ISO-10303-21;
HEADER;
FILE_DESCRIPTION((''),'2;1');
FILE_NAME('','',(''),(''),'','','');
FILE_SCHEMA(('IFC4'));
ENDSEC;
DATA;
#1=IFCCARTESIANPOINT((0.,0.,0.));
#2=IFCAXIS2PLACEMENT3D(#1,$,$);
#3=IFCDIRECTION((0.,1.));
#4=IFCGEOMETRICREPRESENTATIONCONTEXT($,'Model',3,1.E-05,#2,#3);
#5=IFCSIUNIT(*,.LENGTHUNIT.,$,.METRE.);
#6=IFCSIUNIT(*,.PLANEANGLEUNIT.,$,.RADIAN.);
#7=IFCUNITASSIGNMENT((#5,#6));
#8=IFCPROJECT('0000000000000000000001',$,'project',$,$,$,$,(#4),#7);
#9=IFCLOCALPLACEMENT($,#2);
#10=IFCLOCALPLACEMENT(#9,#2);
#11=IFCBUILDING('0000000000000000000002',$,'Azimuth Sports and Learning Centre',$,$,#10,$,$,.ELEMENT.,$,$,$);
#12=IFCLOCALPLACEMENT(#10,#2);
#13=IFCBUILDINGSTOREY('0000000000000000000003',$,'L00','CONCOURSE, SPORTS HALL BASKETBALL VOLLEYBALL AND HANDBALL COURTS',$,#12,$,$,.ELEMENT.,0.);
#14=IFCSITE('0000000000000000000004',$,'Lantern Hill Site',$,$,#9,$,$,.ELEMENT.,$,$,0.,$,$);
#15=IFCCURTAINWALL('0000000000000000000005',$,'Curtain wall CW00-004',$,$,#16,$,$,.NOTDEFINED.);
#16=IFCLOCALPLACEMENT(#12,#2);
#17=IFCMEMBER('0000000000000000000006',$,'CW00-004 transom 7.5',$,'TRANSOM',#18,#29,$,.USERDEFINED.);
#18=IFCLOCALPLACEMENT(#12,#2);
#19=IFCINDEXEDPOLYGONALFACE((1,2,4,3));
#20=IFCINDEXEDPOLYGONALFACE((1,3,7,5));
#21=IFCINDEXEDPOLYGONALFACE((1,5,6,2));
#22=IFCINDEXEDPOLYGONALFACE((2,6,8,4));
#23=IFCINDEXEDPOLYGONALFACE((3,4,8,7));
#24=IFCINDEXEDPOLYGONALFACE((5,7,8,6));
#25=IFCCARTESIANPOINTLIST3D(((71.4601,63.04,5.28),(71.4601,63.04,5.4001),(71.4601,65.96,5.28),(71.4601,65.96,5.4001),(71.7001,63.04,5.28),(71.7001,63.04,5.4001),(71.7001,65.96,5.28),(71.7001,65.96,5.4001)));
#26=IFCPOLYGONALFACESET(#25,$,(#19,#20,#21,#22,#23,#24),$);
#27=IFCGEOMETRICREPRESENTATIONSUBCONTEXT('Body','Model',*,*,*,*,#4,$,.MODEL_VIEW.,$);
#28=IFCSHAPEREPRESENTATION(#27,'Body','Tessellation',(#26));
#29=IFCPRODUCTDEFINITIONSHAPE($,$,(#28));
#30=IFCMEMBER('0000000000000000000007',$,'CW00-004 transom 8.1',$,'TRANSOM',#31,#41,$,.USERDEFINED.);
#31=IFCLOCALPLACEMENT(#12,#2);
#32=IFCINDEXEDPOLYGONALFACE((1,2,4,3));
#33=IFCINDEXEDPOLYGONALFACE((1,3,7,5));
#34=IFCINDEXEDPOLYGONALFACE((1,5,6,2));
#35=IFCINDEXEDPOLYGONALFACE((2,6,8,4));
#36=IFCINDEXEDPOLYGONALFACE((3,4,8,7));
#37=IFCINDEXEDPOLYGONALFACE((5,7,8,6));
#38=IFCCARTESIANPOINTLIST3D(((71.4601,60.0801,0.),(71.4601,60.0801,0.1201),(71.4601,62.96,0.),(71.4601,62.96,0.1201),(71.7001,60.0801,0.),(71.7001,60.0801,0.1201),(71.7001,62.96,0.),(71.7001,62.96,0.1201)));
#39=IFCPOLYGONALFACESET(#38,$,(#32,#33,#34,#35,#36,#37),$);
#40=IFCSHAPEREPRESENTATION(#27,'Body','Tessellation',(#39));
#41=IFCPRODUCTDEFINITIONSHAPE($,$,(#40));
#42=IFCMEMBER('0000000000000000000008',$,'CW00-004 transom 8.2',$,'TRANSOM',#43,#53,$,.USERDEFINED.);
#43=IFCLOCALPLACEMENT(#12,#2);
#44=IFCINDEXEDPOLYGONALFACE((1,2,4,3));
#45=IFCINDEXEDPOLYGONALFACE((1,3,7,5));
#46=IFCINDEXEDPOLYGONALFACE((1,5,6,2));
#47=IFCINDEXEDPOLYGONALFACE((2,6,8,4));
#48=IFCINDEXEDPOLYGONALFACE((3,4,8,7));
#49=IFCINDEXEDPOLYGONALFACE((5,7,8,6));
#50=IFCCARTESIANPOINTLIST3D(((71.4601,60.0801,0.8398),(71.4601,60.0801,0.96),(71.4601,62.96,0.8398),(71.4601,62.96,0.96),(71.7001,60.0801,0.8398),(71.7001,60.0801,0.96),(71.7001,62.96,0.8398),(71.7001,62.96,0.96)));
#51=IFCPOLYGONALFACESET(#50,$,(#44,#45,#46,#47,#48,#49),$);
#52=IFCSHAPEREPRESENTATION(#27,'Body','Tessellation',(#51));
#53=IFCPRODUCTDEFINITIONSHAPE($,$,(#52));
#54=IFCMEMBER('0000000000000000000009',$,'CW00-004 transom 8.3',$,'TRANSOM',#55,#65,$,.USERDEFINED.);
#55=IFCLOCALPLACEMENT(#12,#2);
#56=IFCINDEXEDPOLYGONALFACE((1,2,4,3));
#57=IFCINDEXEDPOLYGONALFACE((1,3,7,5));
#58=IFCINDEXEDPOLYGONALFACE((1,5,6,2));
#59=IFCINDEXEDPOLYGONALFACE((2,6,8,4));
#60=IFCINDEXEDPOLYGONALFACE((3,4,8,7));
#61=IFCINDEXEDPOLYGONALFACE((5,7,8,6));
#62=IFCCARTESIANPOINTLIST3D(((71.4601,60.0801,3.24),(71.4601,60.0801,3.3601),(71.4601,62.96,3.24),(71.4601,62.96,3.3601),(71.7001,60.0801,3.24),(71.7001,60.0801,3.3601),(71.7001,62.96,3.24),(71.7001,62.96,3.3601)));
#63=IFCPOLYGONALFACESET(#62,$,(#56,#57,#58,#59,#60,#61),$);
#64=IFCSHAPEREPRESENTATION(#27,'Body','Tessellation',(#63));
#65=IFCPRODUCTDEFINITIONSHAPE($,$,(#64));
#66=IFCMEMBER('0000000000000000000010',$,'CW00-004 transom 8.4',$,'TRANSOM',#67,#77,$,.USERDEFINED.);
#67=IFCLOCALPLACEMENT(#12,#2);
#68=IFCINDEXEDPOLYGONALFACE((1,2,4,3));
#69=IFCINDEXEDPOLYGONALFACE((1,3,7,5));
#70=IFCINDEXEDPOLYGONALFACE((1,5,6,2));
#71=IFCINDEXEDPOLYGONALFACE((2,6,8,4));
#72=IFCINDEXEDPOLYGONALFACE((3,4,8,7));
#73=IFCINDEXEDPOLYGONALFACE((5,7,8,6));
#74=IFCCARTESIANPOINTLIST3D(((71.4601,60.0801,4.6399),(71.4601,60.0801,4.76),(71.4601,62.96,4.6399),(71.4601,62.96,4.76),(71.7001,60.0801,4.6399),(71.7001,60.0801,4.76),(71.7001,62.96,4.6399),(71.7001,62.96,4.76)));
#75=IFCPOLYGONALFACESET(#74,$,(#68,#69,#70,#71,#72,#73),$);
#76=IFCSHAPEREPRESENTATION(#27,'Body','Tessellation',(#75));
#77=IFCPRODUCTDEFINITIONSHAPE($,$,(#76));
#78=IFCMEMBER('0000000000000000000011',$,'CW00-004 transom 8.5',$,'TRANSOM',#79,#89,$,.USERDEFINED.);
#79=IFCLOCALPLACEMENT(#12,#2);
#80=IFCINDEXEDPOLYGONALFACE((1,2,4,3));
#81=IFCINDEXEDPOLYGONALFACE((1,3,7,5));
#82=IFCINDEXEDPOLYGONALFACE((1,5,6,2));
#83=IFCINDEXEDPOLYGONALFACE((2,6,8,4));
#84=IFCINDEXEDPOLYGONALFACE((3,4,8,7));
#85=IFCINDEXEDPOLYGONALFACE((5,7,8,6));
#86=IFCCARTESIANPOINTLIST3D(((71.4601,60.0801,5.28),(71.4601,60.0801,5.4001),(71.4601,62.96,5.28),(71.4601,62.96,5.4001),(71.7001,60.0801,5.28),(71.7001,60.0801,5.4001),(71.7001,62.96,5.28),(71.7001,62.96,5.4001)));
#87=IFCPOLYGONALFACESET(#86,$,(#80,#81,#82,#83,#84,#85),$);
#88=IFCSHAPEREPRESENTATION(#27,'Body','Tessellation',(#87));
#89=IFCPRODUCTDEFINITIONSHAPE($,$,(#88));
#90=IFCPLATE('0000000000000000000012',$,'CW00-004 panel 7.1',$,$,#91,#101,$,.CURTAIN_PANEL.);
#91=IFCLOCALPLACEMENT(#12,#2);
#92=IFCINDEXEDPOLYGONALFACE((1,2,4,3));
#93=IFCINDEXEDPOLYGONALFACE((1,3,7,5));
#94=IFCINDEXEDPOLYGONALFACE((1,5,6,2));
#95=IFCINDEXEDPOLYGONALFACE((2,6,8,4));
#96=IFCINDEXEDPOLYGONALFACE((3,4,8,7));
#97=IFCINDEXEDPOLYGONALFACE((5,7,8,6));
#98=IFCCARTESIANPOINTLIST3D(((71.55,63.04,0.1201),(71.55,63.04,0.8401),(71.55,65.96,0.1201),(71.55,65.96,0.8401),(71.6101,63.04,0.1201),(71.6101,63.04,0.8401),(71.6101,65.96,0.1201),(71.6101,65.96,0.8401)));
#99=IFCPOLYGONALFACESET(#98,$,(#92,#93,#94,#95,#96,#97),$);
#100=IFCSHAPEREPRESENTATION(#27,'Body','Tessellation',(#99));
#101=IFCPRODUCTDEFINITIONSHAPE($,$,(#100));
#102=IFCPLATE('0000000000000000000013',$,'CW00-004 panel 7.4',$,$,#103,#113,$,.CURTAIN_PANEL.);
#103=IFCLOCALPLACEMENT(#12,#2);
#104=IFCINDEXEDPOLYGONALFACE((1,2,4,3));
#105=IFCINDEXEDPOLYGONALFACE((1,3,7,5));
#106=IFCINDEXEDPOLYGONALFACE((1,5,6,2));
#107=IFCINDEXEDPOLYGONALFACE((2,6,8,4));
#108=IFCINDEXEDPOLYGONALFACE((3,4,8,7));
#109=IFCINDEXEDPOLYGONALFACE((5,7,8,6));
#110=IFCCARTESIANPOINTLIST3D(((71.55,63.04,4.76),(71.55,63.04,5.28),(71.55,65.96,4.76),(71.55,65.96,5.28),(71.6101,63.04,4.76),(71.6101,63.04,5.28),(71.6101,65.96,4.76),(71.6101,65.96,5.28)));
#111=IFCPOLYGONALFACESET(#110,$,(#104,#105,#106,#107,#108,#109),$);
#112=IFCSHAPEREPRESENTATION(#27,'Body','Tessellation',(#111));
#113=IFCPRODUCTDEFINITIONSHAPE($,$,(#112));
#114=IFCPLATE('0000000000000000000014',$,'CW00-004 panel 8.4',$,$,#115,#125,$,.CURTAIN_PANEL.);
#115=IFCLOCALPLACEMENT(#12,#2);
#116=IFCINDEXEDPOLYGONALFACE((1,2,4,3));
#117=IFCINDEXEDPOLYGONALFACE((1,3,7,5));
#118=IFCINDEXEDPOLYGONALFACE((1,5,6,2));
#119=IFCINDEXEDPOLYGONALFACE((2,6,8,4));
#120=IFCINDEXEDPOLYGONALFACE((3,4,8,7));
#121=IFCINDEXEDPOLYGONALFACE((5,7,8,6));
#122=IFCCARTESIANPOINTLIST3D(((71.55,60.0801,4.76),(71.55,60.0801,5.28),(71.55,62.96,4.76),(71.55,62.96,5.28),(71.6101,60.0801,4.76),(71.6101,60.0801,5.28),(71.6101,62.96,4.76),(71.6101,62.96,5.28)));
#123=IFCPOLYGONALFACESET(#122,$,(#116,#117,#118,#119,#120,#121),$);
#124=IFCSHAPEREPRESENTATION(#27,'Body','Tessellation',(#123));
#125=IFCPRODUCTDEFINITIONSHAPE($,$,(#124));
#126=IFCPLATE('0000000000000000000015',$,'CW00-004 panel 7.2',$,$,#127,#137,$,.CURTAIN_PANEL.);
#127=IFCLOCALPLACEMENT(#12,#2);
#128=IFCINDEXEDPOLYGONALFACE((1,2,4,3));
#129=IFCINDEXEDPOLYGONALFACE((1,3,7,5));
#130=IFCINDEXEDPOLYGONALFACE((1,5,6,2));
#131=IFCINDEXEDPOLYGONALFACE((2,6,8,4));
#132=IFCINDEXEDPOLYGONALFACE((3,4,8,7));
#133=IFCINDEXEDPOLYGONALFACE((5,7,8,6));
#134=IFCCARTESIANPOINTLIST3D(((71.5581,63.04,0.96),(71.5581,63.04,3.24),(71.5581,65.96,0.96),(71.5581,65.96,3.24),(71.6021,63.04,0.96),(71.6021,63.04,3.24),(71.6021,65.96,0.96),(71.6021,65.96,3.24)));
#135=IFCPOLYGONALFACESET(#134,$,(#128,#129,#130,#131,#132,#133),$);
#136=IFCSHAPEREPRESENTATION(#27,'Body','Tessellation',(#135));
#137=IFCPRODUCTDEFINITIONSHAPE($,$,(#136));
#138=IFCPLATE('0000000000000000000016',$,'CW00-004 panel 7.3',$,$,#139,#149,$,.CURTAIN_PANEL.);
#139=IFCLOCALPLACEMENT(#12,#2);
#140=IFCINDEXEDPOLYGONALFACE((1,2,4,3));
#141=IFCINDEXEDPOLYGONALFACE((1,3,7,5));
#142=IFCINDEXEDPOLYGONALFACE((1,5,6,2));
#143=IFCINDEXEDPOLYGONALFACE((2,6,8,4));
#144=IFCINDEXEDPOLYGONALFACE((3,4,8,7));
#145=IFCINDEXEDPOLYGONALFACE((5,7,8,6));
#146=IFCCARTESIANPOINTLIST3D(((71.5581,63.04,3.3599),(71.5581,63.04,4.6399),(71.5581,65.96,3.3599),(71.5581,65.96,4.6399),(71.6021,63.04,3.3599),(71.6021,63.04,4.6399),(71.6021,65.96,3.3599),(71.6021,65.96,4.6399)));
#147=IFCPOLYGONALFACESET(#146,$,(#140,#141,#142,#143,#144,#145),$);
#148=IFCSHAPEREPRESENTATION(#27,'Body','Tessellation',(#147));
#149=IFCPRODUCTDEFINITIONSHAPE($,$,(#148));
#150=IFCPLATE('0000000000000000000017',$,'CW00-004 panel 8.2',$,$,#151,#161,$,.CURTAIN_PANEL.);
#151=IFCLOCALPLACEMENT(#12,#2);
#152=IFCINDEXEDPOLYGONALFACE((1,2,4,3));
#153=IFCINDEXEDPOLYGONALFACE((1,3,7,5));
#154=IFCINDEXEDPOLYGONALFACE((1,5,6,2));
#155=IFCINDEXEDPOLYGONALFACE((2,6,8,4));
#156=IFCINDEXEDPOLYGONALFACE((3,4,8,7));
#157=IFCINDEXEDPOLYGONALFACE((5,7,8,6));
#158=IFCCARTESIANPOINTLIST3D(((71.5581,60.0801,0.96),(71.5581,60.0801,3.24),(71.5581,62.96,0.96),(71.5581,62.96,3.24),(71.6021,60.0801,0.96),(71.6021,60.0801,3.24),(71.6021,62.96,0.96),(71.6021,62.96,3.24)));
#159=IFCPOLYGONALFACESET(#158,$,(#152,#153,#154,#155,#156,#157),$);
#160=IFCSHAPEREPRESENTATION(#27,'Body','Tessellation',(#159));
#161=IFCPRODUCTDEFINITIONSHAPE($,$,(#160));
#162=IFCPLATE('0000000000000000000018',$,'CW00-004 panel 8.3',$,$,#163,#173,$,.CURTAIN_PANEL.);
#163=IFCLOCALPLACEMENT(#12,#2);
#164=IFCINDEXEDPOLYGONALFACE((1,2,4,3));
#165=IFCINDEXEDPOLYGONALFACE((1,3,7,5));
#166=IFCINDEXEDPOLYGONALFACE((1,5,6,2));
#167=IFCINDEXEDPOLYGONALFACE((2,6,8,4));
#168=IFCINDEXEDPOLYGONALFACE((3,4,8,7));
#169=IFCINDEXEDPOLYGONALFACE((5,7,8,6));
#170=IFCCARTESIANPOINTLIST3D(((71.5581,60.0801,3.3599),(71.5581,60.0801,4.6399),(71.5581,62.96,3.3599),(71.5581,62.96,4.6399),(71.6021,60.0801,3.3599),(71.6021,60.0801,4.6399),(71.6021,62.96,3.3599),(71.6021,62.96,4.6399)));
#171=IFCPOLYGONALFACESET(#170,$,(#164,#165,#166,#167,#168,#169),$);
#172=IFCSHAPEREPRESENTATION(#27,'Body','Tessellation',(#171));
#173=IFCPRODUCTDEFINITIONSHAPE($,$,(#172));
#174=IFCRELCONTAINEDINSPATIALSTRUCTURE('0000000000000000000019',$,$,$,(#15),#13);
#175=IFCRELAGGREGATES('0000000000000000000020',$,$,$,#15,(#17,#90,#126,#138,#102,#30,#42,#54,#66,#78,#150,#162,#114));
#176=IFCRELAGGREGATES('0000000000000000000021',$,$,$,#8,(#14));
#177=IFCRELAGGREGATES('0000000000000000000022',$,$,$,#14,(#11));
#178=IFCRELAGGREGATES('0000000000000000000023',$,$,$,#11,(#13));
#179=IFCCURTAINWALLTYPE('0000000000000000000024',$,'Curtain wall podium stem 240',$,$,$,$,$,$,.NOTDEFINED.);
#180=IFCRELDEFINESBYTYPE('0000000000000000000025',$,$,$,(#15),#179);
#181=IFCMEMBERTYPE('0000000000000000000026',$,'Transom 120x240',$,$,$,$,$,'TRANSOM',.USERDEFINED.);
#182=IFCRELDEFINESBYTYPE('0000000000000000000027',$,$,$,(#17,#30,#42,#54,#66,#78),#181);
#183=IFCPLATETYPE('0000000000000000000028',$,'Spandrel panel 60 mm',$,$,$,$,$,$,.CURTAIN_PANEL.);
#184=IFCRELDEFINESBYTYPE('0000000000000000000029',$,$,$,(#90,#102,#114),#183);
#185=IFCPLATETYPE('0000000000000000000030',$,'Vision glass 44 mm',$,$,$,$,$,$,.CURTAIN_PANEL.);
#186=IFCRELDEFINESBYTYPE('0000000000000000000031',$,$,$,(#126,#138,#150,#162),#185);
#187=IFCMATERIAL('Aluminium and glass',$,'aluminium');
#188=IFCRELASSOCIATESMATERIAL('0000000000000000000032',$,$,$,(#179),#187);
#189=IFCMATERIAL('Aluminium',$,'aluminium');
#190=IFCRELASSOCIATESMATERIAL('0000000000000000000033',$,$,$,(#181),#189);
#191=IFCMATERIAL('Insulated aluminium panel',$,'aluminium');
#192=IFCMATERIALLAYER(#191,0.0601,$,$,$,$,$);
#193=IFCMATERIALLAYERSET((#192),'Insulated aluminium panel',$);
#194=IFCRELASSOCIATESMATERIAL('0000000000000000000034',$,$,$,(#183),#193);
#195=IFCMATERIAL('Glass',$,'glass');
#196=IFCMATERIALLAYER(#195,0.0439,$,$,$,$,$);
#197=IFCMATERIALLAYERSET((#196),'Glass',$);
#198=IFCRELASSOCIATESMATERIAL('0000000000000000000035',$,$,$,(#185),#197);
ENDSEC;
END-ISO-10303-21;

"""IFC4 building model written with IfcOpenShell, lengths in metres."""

from ifc_helpers import new_model, si_unit, direction, frame, origin, origin_2d, place, context, subcontext, project, spatial, rectangle, extrude, material, layer, layer_set, material_profile, profile_set, type_object, element, aggregate, save


model = new_model("IFC4")

# Units and contexts
model_context = context("Model", 3, precision=1e-05, world=origin(), true_north=direction((0.0, 1.0)))
body_context = subcontext(model_context, "Body", "Model", "MODEL_VIEW")
ifc_project = project(units=[si_unit("LENGTHUNIT", "METRE"), si_unit("PLANEANGLEUNIT", "RADIAN")], contexts=[model_context])

# Site, building, storey
site_placement = place(None, origin())
site = spatial("IfcSite", under=ifc_project, at=site_placement, Name="Lantern Hill Site", CompositionType="ELEMENT", RefElevation=0.0)
building_placement = place(site_placement, origin())
building = spatial("IfcBuilding", under=site, at=building_placement, Name="Azimuth Sports and Learning Centre", CompositionType="ELEMENT")
storey_placement = place(building_placement, origin())
storey = spatial("IfcBuildingStorey", under=building, at=storey_placement, Name="L00", Description="CONCOURSE, SPORTS HALL BASKETBALL VOLLEYBALL AND HANDBALL COURTS", CompositionType="ELEMENT", Elevation=0.0)

# Curtain wall, members, plates
ifc_material_1 = material(Name="Aluminium and glass", Category="aluminium")
curtain_wall_type = type_object("IfcCurtainWallType", Name="Curtain wall podium stem 240", PredefinedType="NOTDEFINED", material=ifc_material_1)
curtain_wall_placement = place(storey_placement, origin())
curtain_wall = element("IfcCurtainWall", 1, at=curtain_wall_placement, inside=storey, type_object=curtain_wall_type, Name="Curtain wall CW00-004", PredefinedType="NOTDEFINED")
ifc_material_2 = material(Name="Aluminium", Category="aluminium")
ifc_material_profile_1 = material_profile(ifc_material_2, rectangle(XDim=0.24, YDim=0.1201, at=origin_2d()), Name="Transom 120x240")
ifc_profile_set_1 = profile_set([ifc_material_profile_1], Name="Aluminium")
member_type_1 = type_object("IfcMemberType", Name="Transom 120x240", ElementType="TRANSOM", PredefinedType="USERDEFINED", material=ifc_profile_set_1)
member_1_placement = place(storey_placement, frame((71.5801, 65.96, 5.3401), z_axis=(0.0, -1.0, 0.0), x_axis=(1.0, 0.0, 0.0)))
member_1 = element("IfcMember", 2, at=member_1_placement, type_object=member_type_1, Name="CW00-004 transom 7.5", ObjectType="TRANSOM", PredefinedType="USERDEFINED", context=body_context, shape_type="SweptSolid", body=[
    extrude(rectangle(XDim=0.24, YDim=0.1201, at=origin_2d()), origin(), (0.0, 0.0, 1.0), 2.9199),
])
member_2_placement = place(storey_placement, frame((71.5801, 62.96, 0.0601), z_axis=(0.0, -1.0, 0.0), x_axis=(1.0, 0.0, 0.0)))
member_2 = element("IfcMember", 3, at=member_2_placement, type_object=member_type_1, Name="CW00-004 transom 8.1", ObjectType="TRANSOM", PredefinedType="USERDEFINED", context=body_context, shape_type="SweptSolid", body=[
    extrude(rectangle(XDim=0.24, YDim=0.1201, at=origin_2d()), origin(), (0.0, 0.0, 1.0), 2.8799),
])
member_3_placement = place(storey_placement, frame((71.5801, 62.96, 0.8999), z_axis=(0.0, -1.0, 0.0), x_axis=(1.0, 0.0, 0.0)))
member_3 = element("IfcMember", 4, at=member_3_placement, type_object=member_type_1, Name="CW00-004 transom 8.2", ObjectType="TRANSOM", PredefinedType="USERDEFINED", context=body_context, shape_type="SweptSolid", body=[
    extrude(rectangle(XDim=0.24, YDim=0.1201, at=origin_2d()), origin(), (0.0, 0.0, 1.0), 2.8799),
])
member_4_placement = place(storey_placement, frame((71.5801, 62.96, 3.3), z_axis=(0.0, -1.0, 0.0), x_axis=(1.0, 0.0, 0.0)))
member_4 = element("IfcMember", 5, at=member_4_placement, type_object=member_type_1, Name="CW00-004 transom 8.3", ObjectType="TRANSOM", PredefinedType="USERDEFINED", context=body_context, shape_type="SweptSolid", body=[
    extrude(rectangle(XDim=0.24, YDim=0.1201, at=origin_2d()), origin(), (0.0, 0.0, 1.0), 2.8799),
])
member_5_placement = place(storey_placement, frame((71.5801, 62.96, 4.7), z_axis=(0.0, -1.0, 0.0), x_axis=(1.0, 0.0, 0.0)))
member_5 = element("IfcMember", 6, at=member_5_placement, type_object=member_type_1, Name="CW00-004 transom 8.4", ObjectType="TRANSOM", PredefinedType="USERDEFINED", context=body_context, shape_type="SweptSolid", body=[
    extrude(rectangle(XDim=0.24, YDim=0.1201, at=origin_2d()), origin(), (0.0, 0.0, 1.0), 2.8799),
])
member_6_placement = place(storey_placement, frame((71.5801, 62.96, 5.3401), z_axis=(0.0, -1.0, 0.0), x_axis=(1.0, 0.0, 0.0)))
member_6 = element("IfcMember", 7, at=member_6_placement, type_object=member_type_1, Name="CW00-004 transom 8.5", ObjectType="TRANSOM", PredefinedType="USERDEFINED", context=body_context, shape_type="SweptSolid", body=[
    extrude(rectangle(XDim=0.24, YDim=0.1201, at=origin_2d()), origin(), (0.0, 0.0, 1.0), 2.8799),
])
ifc_material_3 = material(Name="Insulated aluminium panel", Category="aluminium")
ifc_layer_1 = layer(ifc_material_3, 0.0601)
ifc_layer_set_1 = layer_set([ifc_layer_1], Name="Insulated aluminium panel")
plate_type_1 = type_object("IfcPlateType", Name="Spandrel panel 60 mm", PredefinedType="CURTAIN_PANEL", material=ifc_layer_set_1)
plate_1_placement = place(storey_placement, frame((71.5801, 64.5, 0.1201), z_axis=(0.0, 0.0, 1.0), x_axis=(0.0, -1.0, 0.0)))
plate_1 = element("IfcPlate", 8, at=plate_1_placement, type_object=plate_type_1, Name="CW00-004 panel 7.1", PredefinedType="CURTAIN_PANEL", context=body_context, shape_type="SweptSolid", body=[
    extrude(rectangle(XDim=2.9199, YDim=0.0601, at=origin_2d()), origin(), (0.0, 0.0, 1.0), 0.72),
])
plate_2_placement = place(storey_placement, frame((71.5801, 64.5, 4.76), z_axis=(0.0, 0.0, 1.0), x_axis=(0.0, -1.0, 0.0)))
plate_2 = element("IfcPlate", 9, at=plate_2_placement, type_object=plate_type_1, Name="CW00-004 panel 7.4", PredefinedType="CURTAIN_PANEL", context=body_context, shape_type="SweptSolid", body=[
    extrude(rectangle(XDim=2.9199, YDim=0.0601, at=origin_2d()), origin(), (0.0, 0.0, 1.0), 0.52),
])
plate_3_placement = place(storey_placement, frame((71.5801, 61.52, 4.76), z_axis=(0.0, 0.0, 1.0), x_axis=(0.0, -1.0, 0.0)))
plate_3 = element("IfcPlate", 10, at=plate_3_placement, type_object=plate_type_1, Name="CW00-004 panel 8.4", PredefinedType="CURTAIN_PANEL", context=body_context, shape_type="SweptSolid", body=[
    extrude(rectangle(XDim=2.8799, YDim=0.0601, at=origin_2d()), origin(), (0.0, 0.0, 1.0), 0.52),
])
ifc_material_4 = material(Name="Glass", Category="glass")
ifc_layer_2 = layer(ifc_material_4, 0.0439)
ifc_layer_set_2 = layer_set([ifc_layer_2], Name="Glass")
plate_type_2 = type_object("IfcPlateType", Name="Vision glass 44 mm", PredefinedType="CURTAIN_PANEL", material=ifc_layer_set_2)
plate_4_placement = place(storey_placement, frame((71.5801, 64.5, 0.96), z_axis=(0.0, 0.0, 1.0), x_axis=(0.0, -1.0, 0.0)))
plate_4 = element("IfcPlate", 11, at=plate_4_placement, type_object=plate_type_2, Name="CW00-004 panel 7.2", PredefinedType="CURTAIN_PANEL", context=body_context, shape_type="SweptSolid", body=[
    extrude(rectangle(XDim=2.9199, YDim=0.0439, at=origin_2d()), origin(), (0.0, 0.0, 1.0), 2.28),
])
plate_5_placement = place(storey_placement, frame((71.5801, 64.5, 3.3599), z_axis=(0.0, 0.0, 1.0), x_axis=(0.0, -1.0, 0.0)))
plate_5 = element("IfcPlate", 12, at=plate_5_placement, type_object=plate_type_2, Name="CW00-004 panel 7.3", PredefinedType="CURTAIN_PANEL", context=body_context, shape_type="SweptSolid", body=[
    extrude(rectangle(XDim=2.9199, YDim=0.0439, at=origin_2d()), origin(), (0.0, 0.0, 1.0), 1.28),
])
plate_6_placement = place(storey_placement, frame((71.5801, 61.52, 0.96), z_axis=(0.0, 0.0, 1.0), x_axis=(0.0, -1.0, 0.0)))
plate_6 = element("IfcPlate", 13, at=plate_6_placement, type_object=plate_type_2, Name="CW00-004 panel 8.2", PredefinedType="CURTAIN_PANEL", context=body_context, shape_type="SweptSolid", body=[
    extrude(rectangle(XDim=2.8799, YDim=0.0439, at=origin_2d()), origin(), (0.0, 0.0, 1.0), 2.28),
])
plate_7_placement = place(storey_placement, frame((71.5801, 61.52, 3.3599), z_axis=(0.0, 0.0, 1.0), x_axis=(0.0, -1.0, 0.0)))
plate_7 = element("IfcPlate", 14, at=plate_7_placement, type_object=plate_type_2, Name="CW00-004 panel 8.3", PredefinedType="CURTAIN_PANEL", context=body_context, shape_type="SweptSolid", body=[
    extrude(rectangle(XDim=2.8799, YDim=0.0439, at=origin_2d()), origin(), (0.0, 0.0, 1.0), 1.28),
])
aggregate(curtain_wall, [member_1, plate_1, plate_4, plate_5, plate_2, member_2, member_3, member_4, member_5, member_6, plate_6, plate_7, plate_3])

save(model, "model.ifc")
